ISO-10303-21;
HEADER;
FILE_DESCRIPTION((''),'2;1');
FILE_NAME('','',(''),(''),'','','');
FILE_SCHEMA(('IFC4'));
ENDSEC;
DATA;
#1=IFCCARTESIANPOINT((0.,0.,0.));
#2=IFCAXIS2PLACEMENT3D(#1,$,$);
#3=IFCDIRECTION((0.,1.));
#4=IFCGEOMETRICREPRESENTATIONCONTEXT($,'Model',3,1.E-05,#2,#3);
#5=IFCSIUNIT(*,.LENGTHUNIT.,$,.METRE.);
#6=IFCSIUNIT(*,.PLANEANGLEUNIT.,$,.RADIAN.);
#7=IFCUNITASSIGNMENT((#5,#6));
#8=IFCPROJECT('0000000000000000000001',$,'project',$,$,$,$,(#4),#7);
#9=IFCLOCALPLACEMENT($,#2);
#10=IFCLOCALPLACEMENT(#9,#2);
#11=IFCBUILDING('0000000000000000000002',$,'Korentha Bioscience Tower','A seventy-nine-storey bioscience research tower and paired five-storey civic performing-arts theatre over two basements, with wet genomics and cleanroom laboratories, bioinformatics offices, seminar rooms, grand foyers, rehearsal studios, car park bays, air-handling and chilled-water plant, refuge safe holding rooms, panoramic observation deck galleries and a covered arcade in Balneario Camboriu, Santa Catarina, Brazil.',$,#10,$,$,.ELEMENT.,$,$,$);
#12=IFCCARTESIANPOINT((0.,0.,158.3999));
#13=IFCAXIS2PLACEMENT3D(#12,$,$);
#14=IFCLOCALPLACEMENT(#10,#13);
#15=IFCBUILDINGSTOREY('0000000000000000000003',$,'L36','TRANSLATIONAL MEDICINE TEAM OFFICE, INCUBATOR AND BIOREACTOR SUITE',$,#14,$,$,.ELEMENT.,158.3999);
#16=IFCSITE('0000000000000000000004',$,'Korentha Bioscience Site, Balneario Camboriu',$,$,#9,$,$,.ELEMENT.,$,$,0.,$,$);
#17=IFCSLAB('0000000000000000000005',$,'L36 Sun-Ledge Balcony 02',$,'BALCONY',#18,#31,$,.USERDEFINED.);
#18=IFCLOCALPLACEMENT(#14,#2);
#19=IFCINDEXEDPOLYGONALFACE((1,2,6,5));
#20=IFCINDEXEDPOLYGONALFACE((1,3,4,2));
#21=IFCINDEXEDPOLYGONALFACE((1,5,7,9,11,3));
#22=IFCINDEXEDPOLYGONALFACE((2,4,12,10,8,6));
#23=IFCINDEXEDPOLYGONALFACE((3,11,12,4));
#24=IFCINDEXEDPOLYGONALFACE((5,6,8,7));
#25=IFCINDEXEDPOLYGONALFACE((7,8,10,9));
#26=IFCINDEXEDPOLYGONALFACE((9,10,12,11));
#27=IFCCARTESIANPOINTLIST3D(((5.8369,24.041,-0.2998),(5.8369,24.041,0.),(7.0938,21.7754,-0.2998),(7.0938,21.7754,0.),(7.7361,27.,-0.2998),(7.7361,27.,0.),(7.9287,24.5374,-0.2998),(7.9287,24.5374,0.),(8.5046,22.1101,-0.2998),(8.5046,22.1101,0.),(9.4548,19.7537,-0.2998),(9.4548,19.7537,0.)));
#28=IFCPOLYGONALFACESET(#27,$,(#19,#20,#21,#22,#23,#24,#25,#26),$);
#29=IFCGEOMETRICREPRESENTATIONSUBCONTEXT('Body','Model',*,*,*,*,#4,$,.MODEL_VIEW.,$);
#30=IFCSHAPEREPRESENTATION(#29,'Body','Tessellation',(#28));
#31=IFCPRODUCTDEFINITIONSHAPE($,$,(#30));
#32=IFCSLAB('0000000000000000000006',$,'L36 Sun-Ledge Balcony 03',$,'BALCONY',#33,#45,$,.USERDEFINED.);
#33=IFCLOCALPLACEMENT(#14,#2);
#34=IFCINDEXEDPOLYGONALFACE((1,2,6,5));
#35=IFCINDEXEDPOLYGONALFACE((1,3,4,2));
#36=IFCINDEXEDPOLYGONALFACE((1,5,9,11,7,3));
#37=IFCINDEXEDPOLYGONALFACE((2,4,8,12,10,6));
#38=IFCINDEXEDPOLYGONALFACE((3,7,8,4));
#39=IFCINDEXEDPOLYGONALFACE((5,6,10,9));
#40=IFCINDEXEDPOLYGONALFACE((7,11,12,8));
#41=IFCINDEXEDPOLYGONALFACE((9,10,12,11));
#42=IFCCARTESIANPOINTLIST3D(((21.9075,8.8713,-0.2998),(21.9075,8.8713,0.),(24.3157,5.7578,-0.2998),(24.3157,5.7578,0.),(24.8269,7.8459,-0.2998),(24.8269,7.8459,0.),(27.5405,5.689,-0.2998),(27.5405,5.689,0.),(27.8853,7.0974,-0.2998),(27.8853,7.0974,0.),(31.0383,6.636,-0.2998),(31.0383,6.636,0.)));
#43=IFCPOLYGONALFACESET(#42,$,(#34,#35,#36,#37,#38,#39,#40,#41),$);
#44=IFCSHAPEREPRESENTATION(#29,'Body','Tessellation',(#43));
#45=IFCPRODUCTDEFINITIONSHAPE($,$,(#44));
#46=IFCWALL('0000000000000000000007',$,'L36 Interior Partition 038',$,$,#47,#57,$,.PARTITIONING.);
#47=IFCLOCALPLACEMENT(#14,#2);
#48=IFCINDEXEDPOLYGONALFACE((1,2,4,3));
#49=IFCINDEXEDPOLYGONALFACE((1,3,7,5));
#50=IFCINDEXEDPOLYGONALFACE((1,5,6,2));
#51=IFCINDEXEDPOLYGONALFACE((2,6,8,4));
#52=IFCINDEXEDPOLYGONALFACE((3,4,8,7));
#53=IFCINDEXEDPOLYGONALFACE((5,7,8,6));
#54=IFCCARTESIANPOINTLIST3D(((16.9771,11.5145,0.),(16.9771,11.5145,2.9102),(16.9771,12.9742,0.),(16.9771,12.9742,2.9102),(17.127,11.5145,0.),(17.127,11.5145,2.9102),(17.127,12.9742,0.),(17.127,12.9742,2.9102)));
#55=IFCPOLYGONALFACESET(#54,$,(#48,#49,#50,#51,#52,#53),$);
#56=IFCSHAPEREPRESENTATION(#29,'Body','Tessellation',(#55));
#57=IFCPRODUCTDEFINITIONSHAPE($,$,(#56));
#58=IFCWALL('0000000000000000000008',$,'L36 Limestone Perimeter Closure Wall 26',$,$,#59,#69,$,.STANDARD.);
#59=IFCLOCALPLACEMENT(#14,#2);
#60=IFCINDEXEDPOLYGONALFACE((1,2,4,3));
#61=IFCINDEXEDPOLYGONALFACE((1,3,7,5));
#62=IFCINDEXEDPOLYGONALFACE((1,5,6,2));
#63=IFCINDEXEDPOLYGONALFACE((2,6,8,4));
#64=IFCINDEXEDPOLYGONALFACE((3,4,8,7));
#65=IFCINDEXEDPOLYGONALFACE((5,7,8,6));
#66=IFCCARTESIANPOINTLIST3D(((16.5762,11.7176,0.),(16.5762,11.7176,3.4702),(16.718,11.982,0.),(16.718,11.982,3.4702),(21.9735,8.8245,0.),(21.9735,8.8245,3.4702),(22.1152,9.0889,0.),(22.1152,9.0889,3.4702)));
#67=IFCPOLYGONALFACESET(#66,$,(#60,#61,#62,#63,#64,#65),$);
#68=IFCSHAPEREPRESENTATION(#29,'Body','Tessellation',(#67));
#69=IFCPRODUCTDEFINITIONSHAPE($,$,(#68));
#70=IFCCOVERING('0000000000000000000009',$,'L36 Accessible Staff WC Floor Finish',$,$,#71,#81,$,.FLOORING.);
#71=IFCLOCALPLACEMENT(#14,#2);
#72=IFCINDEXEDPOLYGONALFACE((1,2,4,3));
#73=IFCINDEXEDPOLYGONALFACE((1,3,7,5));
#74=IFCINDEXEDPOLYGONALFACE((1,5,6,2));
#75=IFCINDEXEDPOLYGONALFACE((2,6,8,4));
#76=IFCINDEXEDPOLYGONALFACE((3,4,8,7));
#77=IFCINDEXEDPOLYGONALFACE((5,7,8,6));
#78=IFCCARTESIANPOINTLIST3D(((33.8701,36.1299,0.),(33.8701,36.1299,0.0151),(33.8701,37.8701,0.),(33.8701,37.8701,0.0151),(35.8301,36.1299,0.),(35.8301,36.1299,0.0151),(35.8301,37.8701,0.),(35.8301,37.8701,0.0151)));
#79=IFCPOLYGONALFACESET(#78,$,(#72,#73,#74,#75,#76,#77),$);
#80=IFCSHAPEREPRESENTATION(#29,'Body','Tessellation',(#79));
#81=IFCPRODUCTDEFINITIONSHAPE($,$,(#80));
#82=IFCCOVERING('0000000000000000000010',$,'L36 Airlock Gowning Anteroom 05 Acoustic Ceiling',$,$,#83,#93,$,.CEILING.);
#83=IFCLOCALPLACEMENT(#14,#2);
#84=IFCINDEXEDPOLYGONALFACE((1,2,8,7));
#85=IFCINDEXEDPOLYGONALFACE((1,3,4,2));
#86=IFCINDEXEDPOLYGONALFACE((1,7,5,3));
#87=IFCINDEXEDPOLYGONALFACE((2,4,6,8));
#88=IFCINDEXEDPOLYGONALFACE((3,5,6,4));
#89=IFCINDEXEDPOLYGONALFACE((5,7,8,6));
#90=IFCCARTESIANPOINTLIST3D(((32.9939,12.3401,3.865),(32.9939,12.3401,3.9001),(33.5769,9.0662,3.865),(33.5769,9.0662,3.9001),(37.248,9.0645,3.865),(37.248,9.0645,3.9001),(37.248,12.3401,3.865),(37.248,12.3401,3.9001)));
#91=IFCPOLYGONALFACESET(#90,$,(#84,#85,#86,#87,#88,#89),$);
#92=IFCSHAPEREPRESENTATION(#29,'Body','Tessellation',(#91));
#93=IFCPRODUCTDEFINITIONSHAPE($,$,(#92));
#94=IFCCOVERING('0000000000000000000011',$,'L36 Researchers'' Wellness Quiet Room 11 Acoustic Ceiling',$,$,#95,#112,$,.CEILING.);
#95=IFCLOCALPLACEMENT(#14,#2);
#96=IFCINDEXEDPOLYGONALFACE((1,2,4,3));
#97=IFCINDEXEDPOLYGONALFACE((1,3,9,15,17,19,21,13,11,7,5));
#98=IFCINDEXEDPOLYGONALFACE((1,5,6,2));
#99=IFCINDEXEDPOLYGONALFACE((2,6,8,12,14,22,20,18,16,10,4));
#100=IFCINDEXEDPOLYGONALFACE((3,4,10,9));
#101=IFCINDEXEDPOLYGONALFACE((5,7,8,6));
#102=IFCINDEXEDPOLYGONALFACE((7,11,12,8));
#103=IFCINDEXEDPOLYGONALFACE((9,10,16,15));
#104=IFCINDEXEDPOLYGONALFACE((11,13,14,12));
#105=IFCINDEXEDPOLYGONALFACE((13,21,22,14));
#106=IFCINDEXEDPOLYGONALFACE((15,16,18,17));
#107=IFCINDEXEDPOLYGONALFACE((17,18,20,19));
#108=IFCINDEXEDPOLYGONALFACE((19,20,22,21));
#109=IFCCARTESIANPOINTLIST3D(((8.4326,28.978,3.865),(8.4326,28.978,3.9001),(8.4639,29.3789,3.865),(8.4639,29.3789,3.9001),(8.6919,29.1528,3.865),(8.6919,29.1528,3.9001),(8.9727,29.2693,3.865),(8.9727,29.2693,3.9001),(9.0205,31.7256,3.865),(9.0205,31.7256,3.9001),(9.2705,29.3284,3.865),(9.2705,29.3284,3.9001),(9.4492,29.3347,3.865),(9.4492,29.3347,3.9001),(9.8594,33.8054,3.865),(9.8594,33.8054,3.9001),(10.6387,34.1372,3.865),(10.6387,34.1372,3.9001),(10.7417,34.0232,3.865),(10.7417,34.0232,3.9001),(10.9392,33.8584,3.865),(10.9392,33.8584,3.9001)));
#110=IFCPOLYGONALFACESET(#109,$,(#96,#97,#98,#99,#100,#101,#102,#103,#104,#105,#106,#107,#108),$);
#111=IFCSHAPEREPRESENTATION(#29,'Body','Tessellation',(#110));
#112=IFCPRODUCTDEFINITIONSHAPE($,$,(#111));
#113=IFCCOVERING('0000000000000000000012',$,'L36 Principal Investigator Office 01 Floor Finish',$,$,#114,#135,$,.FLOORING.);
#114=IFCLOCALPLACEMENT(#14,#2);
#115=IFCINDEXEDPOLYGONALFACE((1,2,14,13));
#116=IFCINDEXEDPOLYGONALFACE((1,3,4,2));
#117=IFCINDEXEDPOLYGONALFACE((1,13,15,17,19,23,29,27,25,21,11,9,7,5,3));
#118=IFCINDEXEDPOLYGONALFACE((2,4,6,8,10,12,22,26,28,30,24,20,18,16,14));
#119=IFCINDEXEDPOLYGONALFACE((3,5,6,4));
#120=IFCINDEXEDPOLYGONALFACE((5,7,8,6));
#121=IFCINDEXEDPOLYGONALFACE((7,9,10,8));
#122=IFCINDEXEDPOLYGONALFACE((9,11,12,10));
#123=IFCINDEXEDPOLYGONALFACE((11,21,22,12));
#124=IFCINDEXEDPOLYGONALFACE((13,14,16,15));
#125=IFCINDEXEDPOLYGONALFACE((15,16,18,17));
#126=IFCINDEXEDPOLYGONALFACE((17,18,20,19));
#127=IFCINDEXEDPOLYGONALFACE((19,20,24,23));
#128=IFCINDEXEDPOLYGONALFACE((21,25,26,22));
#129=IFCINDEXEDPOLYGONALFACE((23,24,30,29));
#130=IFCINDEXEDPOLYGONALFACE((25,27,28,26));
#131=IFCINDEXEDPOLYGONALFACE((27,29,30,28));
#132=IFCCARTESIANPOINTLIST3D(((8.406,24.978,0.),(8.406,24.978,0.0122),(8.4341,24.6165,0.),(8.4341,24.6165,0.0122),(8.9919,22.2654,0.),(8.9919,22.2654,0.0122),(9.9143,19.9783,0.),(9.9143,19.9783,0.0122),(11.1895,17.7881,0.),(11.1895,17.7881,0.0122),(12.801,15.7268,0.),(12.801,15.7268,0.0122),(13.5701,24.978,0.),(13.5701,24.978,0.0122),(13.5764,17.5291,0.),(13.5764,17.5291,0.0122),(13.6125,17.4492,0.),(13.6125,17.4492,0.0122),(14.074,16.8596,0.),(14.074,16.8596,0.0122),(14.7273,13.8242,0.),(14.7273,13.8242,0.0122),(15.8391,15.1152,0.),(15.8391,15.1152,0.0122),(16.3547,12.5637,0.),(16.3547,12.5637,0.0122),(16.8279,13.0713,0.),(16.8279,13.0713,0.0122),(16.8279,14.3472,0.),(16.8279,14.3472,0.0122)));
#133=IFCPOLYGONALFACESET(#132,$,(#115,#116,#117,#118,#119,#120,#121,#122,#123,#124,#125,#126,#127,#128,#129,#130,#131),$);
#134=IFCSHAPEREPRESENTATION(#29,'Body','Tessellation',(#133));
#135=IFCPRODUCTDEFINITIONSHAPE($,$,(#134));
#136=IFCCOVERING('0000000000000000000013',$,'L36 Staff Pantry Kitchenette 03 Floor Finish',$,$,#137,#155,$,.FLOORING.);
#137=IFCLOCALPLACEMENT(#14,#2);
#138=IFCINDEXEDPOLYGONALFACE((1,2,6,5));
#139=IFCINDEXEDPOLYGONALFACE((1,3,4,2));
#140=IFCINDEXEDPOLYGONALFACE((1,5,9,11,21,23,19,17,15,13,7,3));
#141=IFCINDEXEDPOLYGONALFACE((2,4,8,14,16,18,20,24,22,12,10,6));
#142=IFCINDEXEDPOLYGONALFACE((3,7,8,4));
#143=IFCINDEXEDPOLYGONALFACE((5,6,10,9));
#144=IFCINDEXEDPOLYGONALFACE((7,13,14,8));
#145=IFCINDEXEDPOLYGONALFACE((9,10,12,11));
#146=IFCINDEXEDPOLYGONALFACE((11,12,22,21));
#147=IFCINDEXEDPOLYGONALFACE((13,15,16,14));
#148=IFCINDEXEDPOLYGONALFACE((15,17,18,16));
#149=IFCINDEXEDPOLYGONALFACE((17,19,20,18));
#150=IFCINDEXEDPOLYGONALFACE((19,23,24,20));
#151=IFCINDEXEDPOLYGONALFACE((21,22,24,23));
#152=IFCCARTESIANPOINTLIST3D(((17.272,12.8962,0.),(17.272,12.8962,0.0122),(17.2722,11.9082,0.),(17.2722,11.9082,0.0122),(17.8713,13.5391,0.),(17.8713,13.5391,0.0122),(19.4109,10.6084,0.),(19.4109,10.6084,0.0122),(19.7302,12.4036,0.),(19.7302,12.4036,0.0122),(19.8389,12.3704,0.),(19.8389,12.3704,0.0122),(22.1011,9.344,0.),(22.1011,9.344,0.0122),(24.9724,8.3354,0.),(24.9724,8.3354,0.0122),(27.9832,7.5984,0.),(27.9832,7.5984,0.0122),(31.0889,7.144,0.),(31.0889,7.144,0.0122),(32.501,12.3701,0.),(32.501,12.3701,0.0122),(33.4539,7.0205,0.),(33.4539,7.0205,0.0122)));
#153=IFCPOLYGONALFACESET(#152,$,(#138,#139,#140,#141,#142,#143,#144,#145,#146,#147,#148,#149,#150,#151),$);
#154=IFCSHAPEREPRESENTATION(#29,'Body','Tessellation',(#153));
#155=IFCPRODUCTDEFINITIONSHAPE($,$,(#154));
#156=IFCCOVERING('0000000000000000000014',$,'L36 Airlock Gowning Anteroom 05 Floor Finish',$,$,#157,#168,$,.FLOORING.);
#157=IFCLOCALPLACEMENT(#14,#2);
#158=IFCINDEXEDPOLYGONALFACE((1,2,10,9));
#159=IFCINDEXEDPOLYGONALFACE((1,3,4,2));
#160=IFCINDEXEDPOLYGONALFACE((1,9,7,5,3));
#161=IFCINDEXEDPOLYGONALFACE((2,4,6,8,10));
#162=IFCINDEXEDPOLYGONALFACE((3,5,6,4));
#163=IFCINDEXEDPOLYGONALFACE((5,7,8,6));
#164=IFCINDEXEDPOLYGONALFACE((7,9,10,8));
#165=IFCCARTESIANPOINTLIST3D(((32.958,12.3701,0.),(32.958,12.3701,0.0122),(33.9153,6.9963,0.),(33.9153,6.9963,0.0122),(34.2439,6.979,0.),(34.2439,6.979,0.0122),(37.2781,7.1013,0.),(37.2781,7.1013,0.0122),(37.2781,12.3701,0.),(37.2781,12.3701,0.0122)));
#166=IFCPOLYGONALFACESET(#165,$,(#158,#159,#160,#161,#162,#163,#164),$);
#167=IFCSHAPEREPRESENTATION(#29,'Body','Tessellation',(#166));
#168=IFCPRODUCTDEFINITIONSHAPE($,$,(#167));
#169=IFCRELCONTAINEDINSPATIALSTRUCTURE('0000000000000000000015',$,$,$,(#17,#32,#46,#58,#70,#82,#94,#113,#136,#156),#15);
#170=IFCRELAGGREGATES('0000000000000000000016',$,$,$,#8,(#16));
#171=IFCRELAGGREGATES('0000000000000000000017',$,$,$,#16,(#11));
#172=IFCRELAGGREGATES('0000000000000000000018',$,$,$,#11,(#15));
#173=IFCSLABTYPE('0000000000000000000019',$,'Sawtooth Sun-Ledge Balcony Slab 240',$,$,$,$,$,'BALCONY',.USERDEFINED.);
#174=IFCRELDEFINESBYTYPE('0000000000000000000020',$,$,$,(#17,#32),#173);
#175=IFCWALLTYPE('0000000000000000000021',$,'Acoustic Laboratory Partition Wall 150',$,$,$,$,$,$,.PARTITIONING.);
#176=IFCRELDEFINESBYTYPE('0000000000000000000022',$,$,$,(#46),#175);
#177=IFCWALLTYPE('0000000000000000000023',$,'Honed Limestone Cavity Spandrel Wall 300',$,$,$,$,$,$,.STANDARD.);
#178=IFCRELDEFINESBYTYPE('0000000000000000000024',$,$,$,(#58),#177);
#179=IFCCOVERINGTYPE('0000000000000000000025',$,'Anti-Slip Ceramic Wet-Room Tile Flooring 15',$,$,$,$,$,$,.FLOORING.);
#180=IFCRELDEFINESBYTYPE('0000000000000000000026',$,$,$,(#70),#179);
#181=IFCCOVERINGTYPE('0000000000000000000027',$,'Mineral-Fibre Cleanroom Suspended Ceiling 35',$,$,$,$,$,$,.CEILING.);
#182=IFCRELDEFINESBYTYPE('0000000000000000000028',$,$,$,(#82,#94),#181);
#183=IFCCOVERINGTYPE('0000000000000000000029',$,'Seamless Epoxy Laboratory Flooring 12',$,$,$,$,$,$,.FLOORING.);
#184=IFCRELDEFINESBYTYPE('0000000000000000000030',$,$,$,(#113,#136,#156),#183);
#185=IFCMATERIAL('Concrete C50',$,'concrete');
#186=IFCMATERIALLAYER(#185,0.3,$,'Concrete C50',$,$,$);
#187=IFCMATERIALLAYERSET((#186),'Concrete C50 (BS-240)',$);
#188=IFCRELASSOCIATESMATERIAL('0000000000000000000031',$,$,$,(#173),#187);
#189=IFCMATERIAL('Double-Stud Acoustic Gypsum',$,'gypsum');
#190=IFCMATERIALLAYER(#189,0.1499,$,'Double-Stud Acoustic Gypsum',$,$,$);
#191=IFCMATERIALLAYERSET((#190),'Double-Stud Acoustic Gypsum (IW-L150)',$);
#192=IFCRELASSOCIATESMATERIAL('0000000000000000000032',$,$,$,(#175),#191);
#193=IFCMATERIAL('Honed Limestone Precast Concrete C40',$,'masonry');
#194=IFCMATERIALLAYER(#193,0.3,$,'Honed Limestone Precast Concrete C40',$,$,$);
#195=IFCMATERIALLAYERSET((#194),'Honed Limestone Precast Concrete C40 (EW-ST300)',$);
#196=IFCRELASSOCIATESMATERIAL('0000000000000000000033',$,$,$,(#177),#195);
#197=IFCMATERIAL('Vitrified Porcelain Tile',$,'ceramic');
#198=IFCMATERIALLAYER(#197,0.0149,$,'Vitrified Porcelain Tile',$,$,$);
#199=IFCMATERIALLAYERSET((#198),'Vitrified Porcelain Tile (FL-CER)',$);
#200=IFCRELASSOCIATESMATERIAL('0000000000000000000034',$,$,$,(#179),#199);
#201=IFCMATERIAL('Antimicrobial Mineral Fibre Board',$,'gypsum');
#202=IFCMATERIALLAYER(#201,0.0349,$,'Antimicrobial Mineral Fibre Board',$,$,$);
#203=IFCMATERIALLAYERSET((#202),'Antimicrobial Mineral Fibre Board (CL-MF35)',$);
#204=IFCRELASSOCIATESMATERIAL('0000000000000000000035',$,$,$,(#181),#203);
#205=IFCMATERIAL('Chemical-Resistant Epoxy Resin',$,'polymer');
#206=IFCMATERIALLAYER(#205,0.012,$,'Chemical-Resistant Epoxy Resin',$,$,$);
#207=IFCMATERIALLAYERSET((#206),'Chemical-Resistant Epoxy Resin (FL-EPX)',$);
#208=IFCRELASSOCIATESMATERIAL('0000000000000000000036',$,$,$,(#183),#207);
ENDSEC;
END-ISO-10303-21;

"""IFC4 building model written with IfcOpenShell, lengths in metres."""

from ifc_helpers import new_model, si_unit, direction, frame, frame_2d, origin, place, context, subcontext, project, spatial, polyline, rectangle, outline, extrude, material, layer, layer_set, type_object, element, save


model = new_model("IFC4")

# Units and contexts
model_context = context("Model", 3, precision=1e-05, world=origin(), true_north=direction((0.0, 1.0)))
body_context = subcontext(model_context, "Body", "Model", "MODEL_VIEW")
ifc_project = project(units=[si_unit("LENGTHUNIT", "METRE"), si_unit("PLANEANGLEUNIT", "RADIAN")], contexts=[model_context])

# Site, building, storey
site_placement = place(None, origin())
site = spatial("IfcSite", under=ifc_project, at=site_placement, Name="Korentha Bioscience Site, Balneario Camboriu", CompositionType="ELEMENT", RefElevation=0.0)
building_placement = place(site_placement, origin())
building = spatial("IfcBuilding", under=site, at=building_placement, Name="Korentha Bioscience Tower", Description="A seventy-nine-storey bioscience research tower and paired five-storey civic performing-arts theatre over two basements, with wet genomics and cleanroom laboratories, bioinformatics offices, seminar rooms, grand foyers, rehearsal studios, car park bays, air-handling and chilled-water plant, refuge safe holding rooms, panoramic observation deck galleries and a covered arcade in Balneario Camboriu, Santa Catarina, Brazil.", CompositionType="ELEMENT")
storey_placement = place(building_placement, frame((0.0, 0.0, 158.3999)))
storey = spatial("IfcBuildingStorey", under=building, at=storey_placement, Name="L36", Description="TRANSLATIONAL MEDICINE TEAM OFFICE, INCUBATOR AND BIOREACTOR SUITE", CompositionType="ELEMENT", Elevation=158.3999)

# Shared definitions
ifc_material_1 = material(Name="Concrete C50", Category="concrete")

# Slabs
ifc_layer_1 = layer(ifc_material_1, 0.3, Name="Concrete C50")
ifc_layer_set_1 = layer_set([ifc_layer_1], Name="Concrete C50 (BS-240)")
slab_type_1 = type_object("IfcSlabType", Name="Sawtooth Sun-Ledge Balcony Slab 240", ElementType="BALCONY", PredefinedType="USERDEFINED", material=ifc_layer_set_1)
slab_1_placement = place(storey_placement, frame((0.0, 0.0, -0.2998)))
element("IfcSlab", 1, at=slab_1_placement, inside=storey, type_object=slab_type_1, Name="L36 Sun-Ledge Balcony 02", ObjectType="BALCONY", PredefinedType="USERDEFINED", context=body_context, shape_type="SweptSolid", body=[
    extrude(outline(polyline([(9.4548, 19.7537), (8.5046, 22.1101), (7.9287, 24.5374), (7.7361, 27.0), (5.8369, 24.041), (7.0938, 21.7754), (9.4548, 19.7537)])), origin(), (0.0, 0.0, 1.0), 0.2998),
])
slab_2_placement = place(storey_placement, frame((0.0, 0.0, -0.2998)))
element("IfcSlab", 2, at=slab_2_placement, inside=storey, type_object=slab_type_1, Name="L36 Sun-Ledge Balcony 03", ObjectType="BALCONY", PredefinedType="USERDEFINED", context=body_context, shape_type="SweptSolid", body=[
    extrude(outline(polyline([(31.0383, 6.636), (27.8853, 7.0974), (24.8269, 7.8459), (21.9075, 8.8713), (24.3157, 5.7578), (27.5405, 5.689), (31.0383, 6.636)])), origin(), (0.0, 0.0, 1.0), 0.2998),
])

# Walls
ifc_material_2 = material(Name="Double-Stud Acoustic Gypsum", Category="gypsum")
ifc_layer_2 = layer(ifc_material_2, 0.1499, Name="Double-Stud Acoustic Gypsum")
ifc_layer_set_2 = layer_set([ifc_layer_2], Name="Double-Stud Acoustic Gypsum (IW-L150)")
wall_type_1 = type_object("IfcWallType", Name="Acoustic Laboratory Partition Wall 150", PredefinedType="PARTITIONING", material=ifc_layer_set_2)
wall_1_placement = place(storey_placement, frame((17.052, 11.5144, 0.0), z_axis=(0.0, 0.0, 1.0), x_axis=(0.0, 1.0, 0.0)))
element("IfcWall", 3, at=wall_1_placement, inside=storey, type_object=wall_type_1, Name="L36 Interior Partition 038", PredefinedType="PARTITIONING", context=body_context, shape_type="SweptSolid", body=[
    extrude(rectangle(XDim=1.4597, YDim=0.1499, at=frame_2d((0.73, 0.0))), origin(), (0.0, 0.0, 1.0), 2.9102),
])
ifc_material_3 = material(Name="Honed Limestone Precast Concrete C40", Category="masonry")
ifc_layer_3 = layer(ifc_material_3, 0.3, Name="Honed Limestone Precast Concrete C40")
ifc_layer_set_3 = layer_set([ifc_layer_3], Name="Honed Limestone Precast Concrete C40 (EW-ST300)")
wall_type_2 = type_object("IfcWallType", Name="Honed Limestone Cavity Spandrel Wall 300", PredefinedType="STANDARD", material=ifc_layer_set_3)
wall_2_placement = place(storey_placement, frame((16.647, 11.8499, 0.0), z_axis=(0.0, 0.0, 1.0), x_axis=(0.881364, -0.472437, 0.0)))
element("IfcWall", 4, at=wall_2_placement, inside=storey, type_object=wall_type_2, Name="L36 Limestone Perimeter Closure Wall 26", PredefinedType="STANDARD", context=body_context, shape_type="SweptSolid", body=[
    extrude(rectangle(XDim=6.1238, YDim=0.3, at=frame_2d((3.062, 0.0))), origin(), (0.0, 0.0, 1.0), 3.4702),
])

# Coverings
ifc_material_4 = material(Name="Vitrified Porcelain Tile", Category="ceramic")
ifc_layer_4 = layer(ifc_material_4, 0.0149, Name="Vitrified Porcelain Tile")
ifc_layer_set_4 = layer_set([ifc_layer_4], Name="Vitrified Porcelain Tile (FL-CER)")
covering_type_1 = type_object("IfcCoveringType", Name="Anti-Slip Ceramic Wet-Room Tile Flooring 15", PredefinedType="FLOORING", material=ifc_layer_set_4)
covering_1_placement = place(storey_placement, origin())
element("IfcCovering", 5, at=covering_1_placement, inside=storey, type_object=covering_type_1, Name="L36 Accessible Staff WC Floor Finish", PredefinedType="FLOORING", context=body_context, shape_type="SweptSolid", body=[
    extrude(outline(polyline([(33.8701, 36.1299), (33.8701, 37.8701), (35.8301, 37.8701), (35.8301, 36.1299), (33.8701, 36.1299)])), origin(), (0.0, 0.0, 1.0), 0.0151),
])
ifc_material_5 = material(Name="Antimicrobial Mineral Fibre Board", Category="gypsum")
ifc_layer_5 = layer(ifc_material_5, 0.0349, Name="Antimicrobial Mineral Fibre Board")
ifc_layer_set_5 = layer_set([ifc_layer_5], Name="Antimicrobial Mineral Fibre Board (CL-MF35)")
covering_type_2 = type_object("IfcCoveringType", Name="Mineral-Fibre Cleanroom Suspended Ceiling 35", PredefinedType="CEILING", material=ifc_layer_set_5)
covering_2_placement = place(storey_placement, frame((0.0, 0.0, 3.865)))
element("IfcCovering", 6, at=covering_2_placement, inside=storey, type_object=covering_type_2, Name="L36 Airlock Gowning Anteroom 05 Acoustic Ceiling", PredefinedType="CEILING", context=body_context, shape_type="SweptSolid", body=[
    extrude(outline(polyline([(37.248, 9.0645), (33.5769, 9.0662), (32.9939, 12.3401), (37.248, 12.3401), (37.248, 9.0645)])), origin(), (0.0, 0.0, 1.0), 0.0352),
])
covering_3_placement = place(storey_placement, frame((0.0, 0.0, 3.865)))
element("IfcCovering", 7, at=covering_3_placement, inside=storey, type_object=covering_type_2, Name="L36 Researchers' Wellness Quiet Room 11 Acoustic Ceiling", PredefinedType="CEILING", context=body_context, shape_type="SweptSolid", body=[
    extrude(outline(polyline([(10.6387, 34.1372), (10.7417, 34.0232), (10.9392, 33.8584), (9.4492, 29.3347), (9.2705, 29.3284), (8.9727, 29.2693), (8.6919, 29.1528), (8.4326, 28.978), (8.4639, 29.3789), (9.0205, 31.7256), (9.8594, 33.8054), (10.6387, 34.1372)])), origin(), (0.0, 0.0, 1.0), 0.0352),
])
ifc_material_6 = material(Name="Chemical-Resistant Epoxy Resin", Category="polymer")
ifc_layer_6 = layer(ifc_material_6, 0.012, Name="Chemical-Resistant Epoxy Resin")
ifc_layer_set_6 = layer_set([ifc_layer_6], Name="Chemical-Resistant Epoxy Resin (FL-EPX)")
covering_type_3 = type_object("IfcCoveringType", Name="Seamless Epoxy Laboratory Flooring 12", PredefinedType="FLOORING", material=ifc_layer_set_6)
covering_4_placement = place(storey_placement, origin())
element("IfcCovering", 8, at=covering_4_placement, inside=storey, type_object=covering_type_3, Name="L36 Principal Investigator Office 01 Floor Finish", PredefinedType="FLOORING", context=body_context, shape_type="SweptSolid", body=[
    extrude(outline(polyline([(13.5701, 24.978), (13.5764, 17.5291), (13.6125, 17.4492), (14.074, 16.8596), (15.8391, 15.1152), (16.8279, 14.3472), (16.8279, 13.0713), (16.3547, 12.5637), (14.7273, 13.8242), (12.801, 15.7268), (11.1895, 17.7881), (9.9143, 19.9783), (8.9919, 22.2654), (8.4341, 24.6165), (8.406, 24.978), (13.5701, 24.978)])), origin(), (0.0, 0.0, 1.0), 0.0122),
])
covering_5_placement = place(storey_placement, origin())
element("IfcCovering", 9, at=covering_5_placement, inside=storey, type_object=covering_type_3, Name="L36 Staff Pantry Kitchenette 03 Floor Finish", PredefinedType="FLOORING", context=body_context, shape_type="SweptSolid", body=[
    extrude(outline(polyline([(17.8713, 13.5391), (19.7302, 12.4036), (19.8389, 12.3704), (32.501, 12.3701), (33.4539, 7.0205), (31.0889, 7.144), (27.9832, 7.5984), (24.9724, 8.3354), (22.1011, 9.344), (19.4109, 10.6084), (17.2722, 11.9082), (17.272, 12.8962), (17.8713, 13.5391)])), origin(), (0.0, 0.0, 1.0), 0.0122),
])
covering_6_placement = place(storey_placement, origin())
element("IfcCovering", 10, at=covering_6_placement, inside=storey, type_object=covering_type_3, Name="L36 Airlock Gowning Anteroom 05 Floor Finish", PredefinedType="FLOORING", context=body_context, shape_type="SweptSolid", body=[
    extrude(outline(polyline([(32.958, 12.3701), (37.2781, 12.3701), (37.2781, 7.1013), (34.2439, 6.979), (33.9153, 6.9963), (32.958, 12.3701)])), origin(), (0.0, 0.0, 1.0), 0.0122),
])

save(model, "model.ifc")
